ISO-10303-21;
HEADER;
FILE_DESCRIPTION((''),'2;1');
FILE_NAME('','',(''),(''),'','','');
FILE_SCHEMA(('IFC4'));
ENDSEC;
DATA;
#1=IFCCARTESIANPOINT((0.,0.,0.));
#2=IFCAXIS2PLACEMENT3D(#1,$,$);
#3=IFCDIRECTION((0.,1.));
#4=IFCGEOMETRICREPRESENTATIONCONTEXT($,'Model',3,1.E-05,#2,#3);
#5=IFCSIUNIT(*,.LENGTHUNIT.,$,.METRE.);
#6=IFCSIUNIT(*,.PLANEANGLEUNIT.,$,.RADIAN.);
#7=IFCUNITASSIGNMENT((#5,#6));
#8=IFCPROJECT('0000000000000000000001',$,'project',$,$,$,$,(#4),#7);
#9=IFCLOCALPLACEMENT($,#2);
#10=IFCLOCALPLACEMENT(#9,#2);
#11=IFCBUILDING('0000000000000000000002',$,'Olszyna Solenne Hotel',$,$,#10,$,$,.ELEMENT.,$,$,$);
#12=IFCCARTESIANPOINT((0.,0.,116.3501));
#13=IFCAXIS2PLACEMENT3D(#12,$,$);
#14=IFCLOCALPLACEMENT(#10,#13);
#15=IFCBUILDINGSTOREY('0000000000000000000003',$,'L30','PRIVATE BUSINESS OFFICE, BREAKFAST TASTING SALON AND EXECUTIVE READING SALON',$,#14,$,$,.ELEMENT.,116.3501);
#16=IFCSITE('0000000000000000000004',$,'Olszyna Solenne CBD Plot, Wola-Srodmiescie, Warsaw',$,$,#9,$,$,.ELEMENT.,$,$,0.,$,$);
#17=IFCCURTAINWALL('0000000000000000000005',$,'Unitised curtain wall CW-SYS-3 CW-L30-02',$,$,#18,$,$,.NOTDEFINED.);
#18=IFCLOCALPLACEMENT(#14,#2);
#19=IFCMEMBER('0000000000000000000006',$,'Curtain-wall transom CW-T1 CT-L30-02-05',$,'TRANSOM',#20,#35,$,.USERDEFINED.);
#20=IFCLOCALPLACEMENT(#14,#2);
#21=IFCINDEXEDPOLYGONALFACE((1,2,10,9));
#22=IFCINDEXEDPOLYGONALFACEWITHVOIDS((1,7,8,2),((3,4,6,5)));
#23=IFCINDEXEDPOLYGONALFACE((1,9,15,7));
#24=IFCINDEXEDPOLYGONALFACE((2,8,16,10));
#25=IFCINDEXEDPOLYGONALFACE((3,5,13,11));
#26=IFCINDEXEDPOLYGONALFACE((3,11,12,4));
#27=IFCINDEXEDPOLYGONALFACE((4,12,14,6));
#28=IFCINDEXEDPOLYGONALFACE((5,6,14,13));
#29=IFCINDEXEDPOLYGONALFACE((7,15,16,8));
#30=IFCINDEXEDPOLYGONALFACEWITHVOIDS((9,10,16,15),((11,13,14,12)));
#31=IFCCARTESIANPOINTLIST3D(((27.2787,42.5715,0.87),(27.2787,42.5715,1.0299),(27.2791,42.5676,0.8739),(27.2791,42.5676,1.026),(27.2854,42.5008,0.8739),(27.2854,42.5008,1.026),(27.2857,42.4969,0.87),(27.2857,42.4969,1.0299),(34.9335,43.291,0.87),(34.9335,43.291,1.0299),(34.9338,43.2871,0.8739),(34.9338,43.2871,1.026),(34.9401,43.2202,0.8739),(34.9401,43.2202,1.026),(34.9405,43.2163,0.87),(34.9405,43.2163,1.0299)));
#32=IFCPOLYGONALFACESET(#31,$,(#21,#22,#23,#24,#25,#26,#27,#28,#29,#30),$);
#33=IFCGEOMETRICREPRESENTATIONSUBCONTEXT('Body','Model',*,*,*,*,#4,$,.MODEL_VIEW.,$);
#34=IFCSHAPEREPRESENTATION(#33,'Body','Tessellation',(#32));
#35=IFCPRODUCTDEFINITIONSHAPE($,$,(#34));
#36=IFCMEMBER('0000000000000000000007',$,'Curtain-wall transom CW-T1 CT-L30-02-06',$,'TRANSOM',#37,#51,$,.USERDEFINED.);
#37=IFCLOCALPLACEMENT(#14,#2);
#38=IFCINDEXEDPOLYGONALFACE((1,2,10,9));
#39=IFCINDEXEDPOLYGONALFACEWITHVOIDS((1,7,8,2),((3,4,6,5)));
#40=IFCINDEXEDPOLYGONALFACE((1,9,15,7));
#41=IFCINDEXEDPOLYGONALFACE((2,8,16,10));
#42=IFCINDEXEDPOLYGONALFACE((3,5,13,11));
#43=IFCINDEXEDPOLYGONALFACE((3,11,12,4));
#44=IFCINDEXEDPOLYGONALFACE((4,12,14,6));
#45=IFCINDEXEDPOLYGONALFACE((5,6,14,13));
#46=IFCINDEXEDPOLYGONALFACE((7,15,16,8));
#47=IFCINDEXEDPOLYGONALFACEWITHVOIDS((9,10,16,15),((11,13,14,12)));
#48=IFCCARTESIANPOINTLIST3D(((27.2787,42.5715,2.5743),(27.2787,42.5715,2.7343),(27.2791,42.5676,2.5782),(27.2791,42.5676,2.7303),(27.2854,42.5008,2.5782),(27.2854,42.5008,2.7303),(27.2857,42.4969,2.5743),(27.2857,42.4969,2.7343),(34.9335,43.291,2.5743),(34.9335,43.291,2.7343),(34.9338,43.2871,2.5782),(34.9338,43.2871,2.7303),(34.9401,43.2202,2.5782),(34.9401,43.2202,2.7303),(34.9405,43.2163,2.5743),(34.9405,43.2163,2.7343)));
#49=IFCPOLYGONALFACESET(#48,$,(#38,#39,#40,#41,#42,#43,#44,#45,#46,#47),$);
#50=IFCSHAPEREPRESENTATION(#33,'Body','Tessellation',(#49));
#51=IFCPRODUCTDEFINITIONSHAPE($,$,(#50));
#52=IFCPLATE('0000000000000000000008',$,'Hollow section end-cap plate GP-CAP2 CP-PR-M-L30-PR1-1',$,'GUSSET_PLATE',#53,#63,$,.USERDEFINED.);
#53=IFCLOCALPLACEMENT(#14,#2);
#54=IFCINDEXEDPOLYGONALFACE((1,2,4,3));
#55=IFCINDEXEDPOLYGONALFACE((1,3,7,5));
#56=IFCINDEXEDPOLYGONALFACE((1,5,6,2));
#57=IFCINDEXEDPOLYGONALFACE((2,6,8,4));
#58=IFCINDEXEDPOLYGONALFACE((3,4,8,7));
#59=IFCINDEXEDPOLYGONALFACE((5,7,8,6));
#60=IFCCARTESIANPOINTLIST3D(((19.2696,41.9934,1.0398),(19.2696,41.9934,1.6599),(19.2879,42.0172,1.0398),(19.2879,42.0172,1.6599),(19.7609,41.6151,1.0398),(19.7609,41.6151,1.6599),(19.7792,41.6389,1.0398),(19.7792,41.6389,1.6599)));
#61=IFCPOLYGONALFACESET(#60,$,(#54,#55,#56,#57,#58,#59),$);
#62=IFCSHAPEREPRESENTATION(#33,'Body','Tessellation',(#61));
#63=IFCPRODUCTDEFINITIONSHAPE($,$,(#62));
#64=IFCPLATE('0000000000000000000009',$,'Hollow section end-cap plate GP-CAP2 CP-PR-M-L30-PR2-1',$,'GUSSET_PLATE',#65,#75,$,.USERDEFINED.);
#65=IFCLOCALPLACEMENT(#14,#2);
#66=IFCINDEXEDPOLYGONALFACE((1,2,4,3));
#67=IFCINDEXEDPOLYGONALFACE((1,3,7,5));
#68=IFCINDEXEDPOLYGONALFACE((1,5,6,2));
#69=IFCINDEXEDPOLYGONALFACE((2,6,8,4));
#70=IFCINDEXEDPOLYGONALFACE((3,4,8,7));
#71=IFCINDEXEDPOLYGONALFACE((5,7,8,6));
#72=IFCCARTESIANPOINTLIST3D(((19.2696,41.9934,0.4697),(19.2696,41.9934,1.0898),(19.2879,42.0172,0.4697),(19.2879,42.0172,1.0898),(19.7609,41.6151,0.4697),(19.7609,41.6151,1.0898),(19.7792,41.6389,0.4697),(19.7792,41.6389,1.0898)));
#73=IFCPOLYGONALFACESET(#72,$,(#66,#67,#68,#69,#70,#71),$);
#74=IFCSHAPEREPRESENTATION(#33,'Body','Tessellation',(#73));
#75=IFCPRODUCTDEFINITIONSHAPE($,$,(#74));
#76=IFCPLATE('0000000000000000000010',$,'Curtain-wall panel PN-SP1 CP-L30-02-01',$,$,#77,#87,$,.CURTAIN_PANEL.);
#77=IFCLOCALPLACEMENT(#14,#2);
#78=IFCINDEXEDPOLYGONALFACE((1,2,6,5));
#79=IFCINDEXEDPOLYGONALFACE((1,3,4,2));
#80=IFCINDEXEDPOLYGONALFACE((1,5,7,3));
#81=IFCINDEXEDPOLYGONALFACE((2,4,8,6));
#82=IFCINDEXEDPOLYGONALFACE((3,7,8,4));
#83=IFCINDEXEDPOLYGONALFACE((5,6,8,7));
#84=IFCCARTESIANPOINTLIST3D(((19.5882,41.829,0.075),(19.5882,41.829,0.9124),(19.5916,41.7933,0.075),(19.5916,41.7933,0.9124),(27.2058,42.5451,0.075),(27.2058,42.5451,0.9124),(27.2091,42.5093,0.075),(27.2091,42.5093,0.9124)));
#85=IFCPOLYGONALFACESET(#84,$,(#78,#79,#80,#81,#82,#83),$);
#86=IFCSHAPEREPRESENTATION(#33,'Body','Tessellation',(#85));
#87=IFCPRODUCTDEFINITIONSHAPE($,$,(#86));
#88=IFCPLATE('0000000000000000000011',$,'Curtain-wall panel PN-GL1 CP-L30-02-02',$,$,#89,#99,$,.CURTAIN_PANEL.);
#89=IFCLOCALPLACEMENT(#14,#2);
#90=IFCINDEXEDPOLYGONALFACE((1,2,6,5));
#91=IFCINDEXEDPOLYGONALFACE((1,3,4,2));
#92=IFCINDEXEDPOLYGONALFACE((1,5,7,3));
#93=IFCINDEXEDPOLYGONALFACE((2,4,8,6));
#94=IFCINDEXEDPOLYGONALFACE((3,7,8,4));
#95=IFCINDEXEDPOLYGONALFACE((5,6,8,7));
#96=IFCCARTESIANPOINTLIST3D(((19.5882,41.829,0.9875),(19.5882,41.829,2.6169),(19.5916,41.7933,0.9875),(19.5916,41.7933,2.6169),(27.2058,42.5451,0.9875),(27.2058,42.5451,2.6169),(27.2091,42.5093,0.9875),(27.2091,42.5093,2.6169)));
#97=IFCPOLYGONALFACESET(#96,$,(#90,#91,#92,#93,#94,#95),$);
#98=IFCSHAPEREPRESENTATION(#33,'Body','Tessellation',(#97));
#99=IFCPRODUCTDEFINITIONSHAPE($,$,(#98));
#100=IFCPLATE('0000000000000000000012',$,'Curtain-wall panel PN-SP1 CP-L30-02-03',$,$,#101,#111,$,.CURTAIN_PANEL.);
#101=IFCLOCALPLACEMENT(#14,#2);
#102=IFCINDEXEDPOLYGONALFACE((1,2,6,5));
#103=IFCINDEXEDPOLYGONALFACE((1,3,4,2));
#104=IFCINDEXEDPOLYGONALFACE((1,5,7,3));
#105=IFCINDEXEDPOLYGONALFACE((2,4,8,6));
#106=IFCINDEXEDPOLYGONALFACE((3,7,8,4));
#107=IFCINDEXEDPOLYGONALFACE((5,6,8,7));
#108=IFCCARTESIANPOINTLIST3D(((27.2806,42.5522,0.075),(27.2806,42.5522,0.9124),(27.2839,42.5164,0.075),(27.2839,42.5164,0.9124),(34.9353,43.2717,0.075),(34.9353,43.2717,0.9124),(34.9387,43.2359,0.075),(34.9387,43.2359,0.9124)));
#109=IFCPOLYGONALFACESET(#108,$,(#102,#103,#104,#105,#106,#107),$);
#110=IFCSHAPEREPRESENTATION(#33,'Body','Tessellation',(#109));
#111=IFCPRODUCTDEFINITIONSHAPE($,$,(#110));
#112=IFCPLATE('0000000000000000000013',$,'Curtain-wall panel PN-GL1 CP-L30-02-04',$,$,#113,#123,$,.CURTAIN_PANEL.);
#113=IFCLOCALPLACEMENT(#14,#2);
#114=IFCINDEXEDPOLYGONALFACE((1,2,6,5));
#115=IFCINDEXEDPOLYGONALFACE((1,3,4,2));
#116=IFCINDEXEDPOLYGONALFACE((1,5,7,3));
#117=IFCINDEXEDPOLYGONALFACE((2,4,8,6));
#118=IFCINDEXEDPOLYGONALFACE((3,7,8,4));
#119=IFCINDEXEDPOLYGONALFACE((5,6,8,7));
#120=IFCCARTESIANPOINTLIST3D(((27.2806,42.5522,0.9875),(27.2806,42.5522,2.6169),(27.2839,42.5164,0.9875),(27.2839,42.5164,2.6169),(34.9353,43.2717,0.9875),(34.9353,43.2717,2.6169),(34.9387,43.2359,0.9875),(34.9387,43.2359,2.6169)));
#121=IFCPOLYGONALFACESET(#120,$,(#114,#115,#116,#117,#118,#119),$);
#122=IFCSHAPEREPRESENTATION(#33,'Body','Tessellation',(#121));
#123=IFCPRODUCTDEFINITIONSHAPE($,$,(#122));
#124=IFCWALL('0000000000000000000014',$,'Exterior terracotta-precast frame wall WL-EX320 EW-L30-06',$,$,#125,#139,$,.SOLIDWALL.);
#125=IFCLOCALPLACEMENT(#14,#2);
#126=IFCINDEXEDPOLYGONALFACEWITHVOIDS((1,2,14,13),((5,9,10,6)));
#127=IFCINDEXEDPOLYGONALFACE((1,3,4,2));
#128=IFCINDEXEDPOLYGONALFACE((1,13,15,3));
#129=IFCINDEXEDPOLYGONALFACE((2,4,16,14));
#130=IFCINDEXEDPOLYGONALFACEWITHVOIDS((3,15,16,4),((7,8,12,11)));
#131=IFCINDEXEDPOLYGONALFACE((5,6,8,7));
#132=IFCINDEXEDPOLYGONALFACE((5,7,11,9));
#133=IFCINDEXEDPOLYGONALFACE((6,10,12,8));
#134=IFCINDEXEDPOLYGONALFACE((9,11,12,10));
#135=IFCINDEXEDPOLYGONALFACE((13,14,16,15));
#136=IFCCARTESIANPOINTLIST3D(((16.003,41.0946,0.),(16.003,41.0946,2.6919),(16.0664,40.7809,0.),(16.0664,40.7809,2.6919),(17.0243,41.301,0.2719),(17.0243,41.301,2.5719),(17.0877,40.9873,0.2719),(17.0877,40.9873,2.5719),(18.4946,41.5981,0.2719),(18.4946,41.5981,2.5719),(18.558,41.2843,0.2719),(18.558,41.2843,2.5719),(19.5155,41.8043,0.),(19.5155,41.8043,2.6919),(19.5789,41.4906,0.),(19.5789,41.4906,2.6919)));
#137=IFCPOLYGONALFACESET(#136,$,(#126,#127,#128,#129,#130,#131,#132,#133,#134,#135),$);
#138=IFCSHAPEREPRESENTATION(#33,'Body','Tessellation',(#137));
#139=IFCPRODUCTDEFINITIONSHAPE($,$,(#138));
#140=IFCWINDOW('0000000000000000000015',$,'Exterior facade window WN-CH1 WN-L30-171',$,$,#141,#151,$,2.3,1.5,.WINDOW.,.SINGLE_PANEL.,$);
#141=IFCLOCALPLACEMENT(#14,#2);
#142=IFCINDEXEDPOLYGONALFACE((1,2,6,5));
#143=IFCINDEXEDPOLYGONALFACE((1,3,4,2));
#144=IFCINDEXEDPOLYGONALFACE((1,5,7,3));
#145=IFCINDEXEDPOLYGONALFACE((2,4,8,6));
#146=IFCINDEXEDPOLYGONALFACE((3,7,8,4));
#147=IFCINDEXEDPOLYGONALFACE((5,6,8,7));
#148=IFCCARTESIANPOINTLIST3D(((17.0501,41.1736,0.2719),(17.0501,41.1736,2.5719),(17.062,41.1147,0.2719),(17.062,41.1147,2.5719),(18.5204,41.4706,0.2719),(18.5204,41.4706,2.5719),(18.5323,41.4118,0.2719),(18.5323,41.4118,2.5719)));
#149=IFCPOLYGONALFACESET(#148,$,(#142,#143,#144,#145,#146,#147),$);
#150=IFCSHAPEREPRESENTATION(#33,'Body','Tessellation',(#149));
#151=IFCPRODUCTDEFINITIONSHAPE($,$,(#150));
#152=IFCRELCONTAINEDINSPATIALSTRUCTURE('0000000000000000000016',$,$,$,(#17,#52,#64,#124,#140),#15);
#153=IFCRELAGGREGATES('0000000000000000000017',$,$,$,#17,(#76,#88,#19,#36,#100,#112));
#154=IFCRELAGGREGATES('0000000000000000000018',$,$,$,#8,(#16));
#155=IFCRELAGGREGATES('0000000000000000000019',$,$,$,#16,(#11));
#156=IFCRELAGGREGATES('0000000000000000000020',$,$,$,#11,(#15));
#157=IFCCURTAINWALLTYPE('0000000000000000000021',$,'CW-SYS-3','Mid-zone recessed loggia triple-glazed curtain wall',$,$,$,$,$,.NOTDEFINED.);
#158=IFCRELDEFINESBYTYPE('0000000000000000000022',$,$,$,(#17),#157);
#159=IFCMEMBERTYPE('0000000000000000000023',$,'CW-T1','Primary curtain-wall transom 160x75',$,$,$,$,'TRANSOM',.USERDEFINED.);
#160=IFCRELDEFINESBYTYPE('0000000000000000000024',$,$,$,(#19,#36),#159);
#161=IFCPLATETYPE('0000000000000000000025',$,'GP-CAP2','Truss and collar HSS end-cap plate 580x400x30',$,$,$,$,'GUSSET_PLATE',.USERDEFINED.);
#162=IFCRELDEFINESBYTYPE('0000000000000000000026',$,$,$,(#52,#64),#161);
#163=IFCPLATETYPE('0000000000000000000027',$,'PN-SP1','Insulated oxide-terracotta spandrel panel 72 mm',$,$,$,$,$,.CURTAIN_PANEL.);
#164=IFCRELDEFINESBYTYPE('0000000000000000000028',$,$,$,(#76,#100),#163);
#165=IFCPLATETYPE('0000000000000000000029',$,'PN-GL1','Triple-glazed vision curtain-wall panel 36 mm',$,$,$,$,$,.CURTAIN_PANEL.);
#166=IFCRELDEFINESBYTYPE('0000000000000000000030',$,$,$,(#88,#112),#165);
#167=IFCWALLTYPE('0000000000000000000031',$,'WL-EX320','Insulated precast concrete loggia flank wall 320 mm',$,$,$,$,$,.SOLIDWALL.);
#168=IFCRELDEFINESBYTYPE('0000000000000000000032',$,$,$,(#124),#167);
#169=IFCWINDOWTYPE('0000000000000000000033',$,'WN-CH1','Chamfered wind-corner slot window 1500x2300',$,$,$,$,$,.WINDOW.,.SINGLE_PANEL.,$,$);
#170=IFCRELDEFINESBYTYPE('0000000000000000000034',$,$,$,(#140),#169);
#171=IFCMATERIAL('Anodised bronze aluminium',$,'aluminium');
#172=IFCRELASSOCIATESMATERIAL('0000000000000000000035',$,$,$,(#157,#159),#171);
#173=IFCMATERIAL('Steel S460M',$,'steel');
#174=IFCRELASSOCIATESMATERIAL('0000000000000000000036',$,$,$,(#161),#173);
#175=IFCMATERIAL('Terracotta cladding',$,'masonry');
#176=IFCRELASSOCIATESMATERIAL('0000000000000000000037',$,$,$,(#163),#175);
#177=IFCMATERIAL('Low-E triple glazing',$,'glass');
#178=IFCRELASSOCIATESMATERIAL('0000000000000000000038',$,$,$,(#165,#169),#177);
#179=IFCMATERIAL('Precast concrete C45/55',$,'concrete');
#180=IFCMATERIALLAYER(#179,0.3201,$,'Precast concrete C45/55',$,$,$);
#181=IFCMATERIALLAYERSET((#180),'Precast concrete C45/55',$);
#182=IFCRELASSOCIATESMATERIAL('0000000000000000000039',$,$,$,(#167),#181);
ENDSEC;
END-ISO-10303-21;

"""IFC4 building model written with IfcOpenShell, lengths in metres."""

from ifc_helpers import new_model, si_unit, direction, frame, frame_2d, origin, origin_2d, place, context, subcontext, project, spatial, rectangle, hollow_rectangle, extrude, source, transform, mapped, material, layer, layer_set, material_profile, profile_set, type_object, type_shapes, element, fill, aggregate, save


model = new_model("IFC4")

# Units and contexts
model_context = context("Model", 3, precision=1e-05, world=origin(), true_north=direction((0.0, 1.0)))
body_context = subcontext(model_context, "Body", "Model", "MODEL_VIEW")
ifc_project = project(units=[si_unit("LENGTHUNIT", "METRE"), si_unit("PLANEANGLEUNIT", "RADIAN")], contexts=[model_context])

# Site, building, storey
site_placement = place(None, origin())
site = spatial("IfcSite", under=ifc_project, at=site_placement, Name="Olszyna Solenne CBD Plot, Wola-Srodmiescie, Warsaw", CompositionType="ELEMENT", RefElevation=0.0)
building_placement = place(site_placement, origin())
building = spatial("IfcBuilding", under=site, at=building_placement, Name="Olszyna Solenne Hotel", CompositionType="ELEMENT")
storey_placement = place(building_placement, frame((0.0, 0.0, 116.3501)))
storey = spatial("IfcBuildingStorey", under=building, at=storey_placement, Name="L30", Description="PRIVATE BUSINESS OFFICE, BREAKFAST TASTING SALON AND EXECUTIVE READING SALON", CompositionType="ELEMENT", Elevation=116.3501)

# Shared definitions
ifc_material_1 = material(Name="Steel S460M", Category="steel")

# Curtain wall, members
ifc_material_2 = material(Name="Anodised bronze aluminium", Category="aluminium")
curtain_wall_type = type_object("IfcCurtainWallType", Name="CW-SYS-3", Description="Mid-zone recessed loggia triple-glazed curtain wall", PredefinedType="NOTDEFINED", material=ifc_material_2)
curtain_wall_placement = place(storey_placement, origin())
curtain_wall = element("IfcCurtainWall", 1, at=curtain_wall_placement, inside=storey, type_object=curtain_wall_type, Name="Unitised curtain wall CW-SYS-3 CW-L30-02", PredefinedType="NOTDEFINED")
ifc_material_profile_1 = material_profile(ifc_material_2, hollow_rectangle(XDim=0.075, YDim=0.1599, WallThickness=0.0039, at=origin_2d()), Name="TRAN 160x75x4", Category="load-bearing")
ifc_profile_set_1 = profile_set([ifc_material_profile_1], Name="Anodised bronze aluminium")
member_type_1 = type_object("IfcMemberType", Name="CW-T1", Description="Primary curtain-wall transom 160x75", ElementType="TRANSOM", PredefinedType="USERDEFINED", material=ifc_profile_set_1)
shared_shape_1 = source(origin(), body_context, "Body", "SweptSolid", [
    extrude(hollow_rectangle(XDim=0.075, YDim=0.1599, WallThickness=0.0039, at=origin_2d()), origin(), (0.0, 0.0, 1.0), 7.6885),
])
member_1_placement = place(storey_placement, frame((27.2822, 42.5342, 0.95), z_axis=(0.995612, 0.093579, 0.0), x_axis=(-0.093579, 0.995612, 0.0)))
member_1 = element("IfcMember", 2, at=member_1_placement, type_object=member_type_1, Name="Curtain-wall transom CW-T1 CT-L30-02-05", ObjectType="TRANSOM", PredefinedType="USERDEFINED", context=body_context, shape_type="MappedRepresentation", body=[
    mapped(shared_shape_1, transform((0.0, 0.0, 0.0), x_axis=(1.0, 0.0, 0.0), y_axis=(0.0, 1.0, 0.0), z_axis=(0.0, 0.0, 1.0), scale=1.0)),
])
member_2_placement = place(storey_placement, frame((27.2822, 42.5342, 2.6543), z_axis=(0.995612, 0.093579, 0.0), x_axis=(-0.093579, 0.995612, 0.0)))
member_2 = element("IfcMember", 3, at=member_2_placement, type_object=member_type_1, Name="Curtain-wall transom CW-T1 CT-L30-02-06", ObjectType="TRANSOM", PredefinedType="USERDEFINED", context=body_context, shape_type="MappedRepresentation", body=[
    mapped(shared_shape_1, transform((0.0, 0.0, 0.0), x_axis=(1.0, 0.0, 0.0), y_axis=(0.0, 1.0, 0.0), z_axis=(0.0, 0.0, 1.0), scale=1.0)),
])

# Plates
plate_type_1 = type_object("IfcPlateType", Name="GP-CAP2", Description="Truss and collar HSS end-cap plate 580x400x30", ElementType="GUSSET_PLATE", PredefinedType="USERDEFINED", material=ifc_material_1)
shared_shape_2 = source(origin(), body_context, "Body", "SweptSolid", [
    extrude(rectangle(XDim=0.03, YDim=0.6201, at=origin_2d()), origin(), (0.0, 0.0, 1.0), 0.6201),
])
for number, where, z_axis, x_axis, name in (
    (4, (19.5244, 41.8162, 1.0398), (0.0, 0.0, 1.0), (-0.610145, -0.79229, 0.0), "Hollow section end-cap plate GP-CAP2 CP-PR-M-L30-PR1-1"),
    (5, (19.5244, 41.8162, 0.4697), (0.0, 0.0, 1.0), (-0.610145, -0.79229, 0.0), "Hollow section end-cap plate GP-CAP2 CP-PR-M-L30-PR2-1"),
):
    element("IfcPlate", number, at=place(storey_placement, frame(where, z_axis=z_axis, x_axis=x_axis)), inside=storey, type_object=plate_type_1, Name=name, ObjectType="GUSSET_PLATE", PredefinedType="USERDEFINED", context=body_context, shape_type="MappedRepresentation", body=[
        mapped(shared_shape_2, transform((0.0, 0.0, 0.0), x_axis=(1.0, 0.0, 0.0), y_axis=(0.0, 1.0, 0.0), z_axis=(0.0, 0.0, 1.0), scale=1.0)),
    ])

# Plates
ifc_material_3 = material(Name="Terracotta cladding", Category="masonry")
plate_type_2 = type_object("IfcPlateType", Name="PN-SP1", Description="Insulated oxide-terracotta spandrel panel 72 mm", PredefinedType="CURTAIN_PANEL", material=ifc_material_3)
shared_shape_3 = source(origin(), body_context, "Body", "SweptSolid", [
    extrude(rectangle(XDim=7.6511, YDim=0.0359, at=origin_2d()), origin(), (0.0, 0.0, 1.0), 0.8374),
])
plate_1_placement = place(storey_placement, frame((23.3987, 42.1692, 0.075), z_axis=(0.0, 0.0, 1.0), x_axis=(0.995612, 0.093582, 0.0)))
plate_1 = element("IfcPlate", 6, at=plate_1_placement, type_object=plate_type_2, Name="Curtain-wall panel PN-SP1 CP-L30-02-01", PredefinedType="CURTAIN_PANEL", context=body_context, shape_type="MappedRepresentation", body=[
    mapped(shared_shape_3, transform((0.0, 0.0, 0.0), x_axis=(1.0, 0.0, 0.0), y_axis=(0.0, 1.0, 0.0), z_axis=(0.0, 0.0, 1.0), scale=1.0)),
])
ifc_material_4 = material(Name="Low-E triple glazing", Category="glass")
plate_type_3 = type_object("IfcPlateType", Name="PN-GL1", Description="Triple-glazed vision curtain-wall panel 36 mm", PredefinedType="CURTAIN_PANEL", material=ifc_material_4)
shared_shape_4 = source(origin(), body_context, "Body", "SweptSolid", [
    extrude(rectangle(XDim=7.6511, YDim=0.0359, at=origin_2d()), origin(), (0.0, 0.0, 1.0), 1.6294),
])
plate_2_placement = place(storey_placement, frame((23.3987, 42.1692, 0.9875), z_axis=(0.0, 0.0, 1.0), x_axis=(0.995612, 0.093582, 0.0)))
plate_2 = element("IfcPlate", 7, at=plate_2_placement, type_object=plate_type_3, Name="Curtain-wall panel PN-GL1 CP-L30-02-02", PredefinedType="CURTAIN_PANEL", context=body_context, shape_type="MappedRepresentation", body=[
    mapped(shared_shape_4, transform((0.0, 0.0, 0.0), x_axis=(1.0, 0.0, 0.0), y_axis=(0.0, 1.0, 0.0), z_axis=(0.0, 0.0, 1.0), scale=1.0)),
])
shared_shape_5 = source(origin(), body_context, "Body", "SweptSolid", [
    extrude(rectangle(XDim=7.6885, YDim=0.0359, at=origin_2d()), origin(), (0.0, 0.0, 1.0), 0.8374),
])
plate_3_placement = place(storey_placement, frame((31.1096, 42.894, 0.075), z_axis=(0.0, 0.0, 1.0), x_axis=(0.995612, 0.093582, 0.0)))
plate_3 = element("IfcPlate", 8, at=plate_3_placement, type_object=plate_type_2, Name="Curtain-wall panel PN-SP1 CP-L30-02-03", PredefinedType="CURTAIN_PANEL", context=body_context, shape_type="MappedRepresentation", body=[
    mapped(shared_shape_5, transform((0.0, 0.0, 0.0), x_axis=(1.0, 0.0, 0.0), y_axis=(0.0, 1.0, 0.0), z_axis=(0.0, 0.0, 1.0), scale=1.0)),
])
shared_shape_6 = source(origin(), body_context, "Body", "SweptSolid", [
    extrude(rectangle(XDim=7.6885, YDim=0.0359, at=origin_2d()), origin(), (0.0, 0.0, 1.0), 1.6294),
])
plate_4_placement = place(storey_placement, frame((31.1096, 42.894, 0.9875), z_axis=(0.0, 0.0, 1.0), x_axis=(0.995612, 0.093582, 0.0)))
plate_4 = element("IfcPlate", 9, at=plate_4_placement, type_object=plate_type_3, Name="Curtain-wall panel PN-GL1 CP-L30-02-04", PredefinedType="CURTAIN_PANEL", context=body_context, shape_type="MappedRepresentation", body=[
    mapped(shared_shape_6, transform((0.0, 0.0, 0.0), x_axis=(1.0, 0.0, 0.0), y_axis=(0.0, 1.0, 0.0), z_axis=(0.0, 0.0, 1.0), scale=1.0)),
])
aggregate(curtain_wall, [plate_1, plate_2, member_1, member_2, plate_3, plate_4])

# Wall, opening, window
ifc_material_5 = material(Name="Precast concrete C45/55", Category="concrete")
ifc_layer = layer(ifc_material_5, 0.3201, Name="Precast concrete C45/55")
ifc_layer_set = layer_set([ifc_layer], Name="Precast concrete C45/55")
wall_type = type_object("IfcWallType", Name="WL-EX320", Description="Insulated precast concrete loggia flank wall 320 mm", PredefinedType="SOLIDWALL", material=ifc_layer_set)
wall_placement = place(storey_placement, frame((16.0347, 40.9377, 0.0), z_axis=(0.0, 0.0, 1.0), x_axis=(0.980191, 0.198055, 0.0)))
wall = element("IfcWall", 10, at=wall_placement, inside=storey, type_object=wall_type, Name="Exterior terracotta-precast frame wall WL-EX320 EW-L30-06", PredefinedType="SOLIDWALL", context=body_context, shape_type="SweptSolid", body=[
    extrude(rectangle(XDim=3.5835, YDim=0.3201, at=frame_2d((1.7917, 0.0))), origin(), (0.0, 0.0, 1.0), 2.6919),
])
opening_placement = place(wall_placement, frame((1.042, 0.0, 0.272)))
opening = element("IfcOpeningElement", 11, at=opening_placement, cuts=wall, PredefinedType="OPENING", context=body_context, shape_type="SweptSolid", body=[
    extrude(rectangle(XDim=1.5, YDim=2.3, at=frame_2d((0.75, 1.1499))), frame((0.0, 0.1699, 0.0), z_axis=(0.0, -1.0, 0.0), x_axis=(1.0, 0.0, 0.0)), (0.0, 0.0, 1.0), 0.3401),
])
window_type = type_object("IfcWindowType", Name="WN-CH1", Description="Chamfered wind-corner slot window 1500x2300", PartitioningType="SINGLE_PANEL", PredefinedType="WINDOW", material=ifc_material_4)
shared_shape_7 = source(origin(), body_context, "Body", "SweptSolid", [
    extrude(rectangle(XDim=1.5, YDim=2.3, at=frame_2d((0.75, 1.1499))), frame((0.0, 0.03, 0.0), z_axis=(0.0, -1.0, 0.0), x_axis=(1.0, 0.0, 0.0)), (0.0, 0.0, 1.0), 0.0601),
])
type_shapes(window_type, [shared_shape_7])
window_placement = place(opening_placement, origin())
window = element("IfcWindow", 12, at=window_placement, inside=storey, type_object=window_type, Name="Exterior facade window WN-CH1 WN-L30-171", OverallHeight=2.3, OverallWidth=1.5, PartitioningType="SINGLE_PANEL", PredefinedType="WINDOW", context=body_context, shape_type="MappedRepresentation", body=[
    mapped(shared_shape_7, transform((0.0, 0.0, 0.0), x_axis=(1.0, 0.0, 0.0), y_axis=(0.0, 1.0, 0.0), z_axis=(0.0, 0.0, 1.0), scale=1.0)),
])
fill(opening, window)

save(model, "model.ifc")
